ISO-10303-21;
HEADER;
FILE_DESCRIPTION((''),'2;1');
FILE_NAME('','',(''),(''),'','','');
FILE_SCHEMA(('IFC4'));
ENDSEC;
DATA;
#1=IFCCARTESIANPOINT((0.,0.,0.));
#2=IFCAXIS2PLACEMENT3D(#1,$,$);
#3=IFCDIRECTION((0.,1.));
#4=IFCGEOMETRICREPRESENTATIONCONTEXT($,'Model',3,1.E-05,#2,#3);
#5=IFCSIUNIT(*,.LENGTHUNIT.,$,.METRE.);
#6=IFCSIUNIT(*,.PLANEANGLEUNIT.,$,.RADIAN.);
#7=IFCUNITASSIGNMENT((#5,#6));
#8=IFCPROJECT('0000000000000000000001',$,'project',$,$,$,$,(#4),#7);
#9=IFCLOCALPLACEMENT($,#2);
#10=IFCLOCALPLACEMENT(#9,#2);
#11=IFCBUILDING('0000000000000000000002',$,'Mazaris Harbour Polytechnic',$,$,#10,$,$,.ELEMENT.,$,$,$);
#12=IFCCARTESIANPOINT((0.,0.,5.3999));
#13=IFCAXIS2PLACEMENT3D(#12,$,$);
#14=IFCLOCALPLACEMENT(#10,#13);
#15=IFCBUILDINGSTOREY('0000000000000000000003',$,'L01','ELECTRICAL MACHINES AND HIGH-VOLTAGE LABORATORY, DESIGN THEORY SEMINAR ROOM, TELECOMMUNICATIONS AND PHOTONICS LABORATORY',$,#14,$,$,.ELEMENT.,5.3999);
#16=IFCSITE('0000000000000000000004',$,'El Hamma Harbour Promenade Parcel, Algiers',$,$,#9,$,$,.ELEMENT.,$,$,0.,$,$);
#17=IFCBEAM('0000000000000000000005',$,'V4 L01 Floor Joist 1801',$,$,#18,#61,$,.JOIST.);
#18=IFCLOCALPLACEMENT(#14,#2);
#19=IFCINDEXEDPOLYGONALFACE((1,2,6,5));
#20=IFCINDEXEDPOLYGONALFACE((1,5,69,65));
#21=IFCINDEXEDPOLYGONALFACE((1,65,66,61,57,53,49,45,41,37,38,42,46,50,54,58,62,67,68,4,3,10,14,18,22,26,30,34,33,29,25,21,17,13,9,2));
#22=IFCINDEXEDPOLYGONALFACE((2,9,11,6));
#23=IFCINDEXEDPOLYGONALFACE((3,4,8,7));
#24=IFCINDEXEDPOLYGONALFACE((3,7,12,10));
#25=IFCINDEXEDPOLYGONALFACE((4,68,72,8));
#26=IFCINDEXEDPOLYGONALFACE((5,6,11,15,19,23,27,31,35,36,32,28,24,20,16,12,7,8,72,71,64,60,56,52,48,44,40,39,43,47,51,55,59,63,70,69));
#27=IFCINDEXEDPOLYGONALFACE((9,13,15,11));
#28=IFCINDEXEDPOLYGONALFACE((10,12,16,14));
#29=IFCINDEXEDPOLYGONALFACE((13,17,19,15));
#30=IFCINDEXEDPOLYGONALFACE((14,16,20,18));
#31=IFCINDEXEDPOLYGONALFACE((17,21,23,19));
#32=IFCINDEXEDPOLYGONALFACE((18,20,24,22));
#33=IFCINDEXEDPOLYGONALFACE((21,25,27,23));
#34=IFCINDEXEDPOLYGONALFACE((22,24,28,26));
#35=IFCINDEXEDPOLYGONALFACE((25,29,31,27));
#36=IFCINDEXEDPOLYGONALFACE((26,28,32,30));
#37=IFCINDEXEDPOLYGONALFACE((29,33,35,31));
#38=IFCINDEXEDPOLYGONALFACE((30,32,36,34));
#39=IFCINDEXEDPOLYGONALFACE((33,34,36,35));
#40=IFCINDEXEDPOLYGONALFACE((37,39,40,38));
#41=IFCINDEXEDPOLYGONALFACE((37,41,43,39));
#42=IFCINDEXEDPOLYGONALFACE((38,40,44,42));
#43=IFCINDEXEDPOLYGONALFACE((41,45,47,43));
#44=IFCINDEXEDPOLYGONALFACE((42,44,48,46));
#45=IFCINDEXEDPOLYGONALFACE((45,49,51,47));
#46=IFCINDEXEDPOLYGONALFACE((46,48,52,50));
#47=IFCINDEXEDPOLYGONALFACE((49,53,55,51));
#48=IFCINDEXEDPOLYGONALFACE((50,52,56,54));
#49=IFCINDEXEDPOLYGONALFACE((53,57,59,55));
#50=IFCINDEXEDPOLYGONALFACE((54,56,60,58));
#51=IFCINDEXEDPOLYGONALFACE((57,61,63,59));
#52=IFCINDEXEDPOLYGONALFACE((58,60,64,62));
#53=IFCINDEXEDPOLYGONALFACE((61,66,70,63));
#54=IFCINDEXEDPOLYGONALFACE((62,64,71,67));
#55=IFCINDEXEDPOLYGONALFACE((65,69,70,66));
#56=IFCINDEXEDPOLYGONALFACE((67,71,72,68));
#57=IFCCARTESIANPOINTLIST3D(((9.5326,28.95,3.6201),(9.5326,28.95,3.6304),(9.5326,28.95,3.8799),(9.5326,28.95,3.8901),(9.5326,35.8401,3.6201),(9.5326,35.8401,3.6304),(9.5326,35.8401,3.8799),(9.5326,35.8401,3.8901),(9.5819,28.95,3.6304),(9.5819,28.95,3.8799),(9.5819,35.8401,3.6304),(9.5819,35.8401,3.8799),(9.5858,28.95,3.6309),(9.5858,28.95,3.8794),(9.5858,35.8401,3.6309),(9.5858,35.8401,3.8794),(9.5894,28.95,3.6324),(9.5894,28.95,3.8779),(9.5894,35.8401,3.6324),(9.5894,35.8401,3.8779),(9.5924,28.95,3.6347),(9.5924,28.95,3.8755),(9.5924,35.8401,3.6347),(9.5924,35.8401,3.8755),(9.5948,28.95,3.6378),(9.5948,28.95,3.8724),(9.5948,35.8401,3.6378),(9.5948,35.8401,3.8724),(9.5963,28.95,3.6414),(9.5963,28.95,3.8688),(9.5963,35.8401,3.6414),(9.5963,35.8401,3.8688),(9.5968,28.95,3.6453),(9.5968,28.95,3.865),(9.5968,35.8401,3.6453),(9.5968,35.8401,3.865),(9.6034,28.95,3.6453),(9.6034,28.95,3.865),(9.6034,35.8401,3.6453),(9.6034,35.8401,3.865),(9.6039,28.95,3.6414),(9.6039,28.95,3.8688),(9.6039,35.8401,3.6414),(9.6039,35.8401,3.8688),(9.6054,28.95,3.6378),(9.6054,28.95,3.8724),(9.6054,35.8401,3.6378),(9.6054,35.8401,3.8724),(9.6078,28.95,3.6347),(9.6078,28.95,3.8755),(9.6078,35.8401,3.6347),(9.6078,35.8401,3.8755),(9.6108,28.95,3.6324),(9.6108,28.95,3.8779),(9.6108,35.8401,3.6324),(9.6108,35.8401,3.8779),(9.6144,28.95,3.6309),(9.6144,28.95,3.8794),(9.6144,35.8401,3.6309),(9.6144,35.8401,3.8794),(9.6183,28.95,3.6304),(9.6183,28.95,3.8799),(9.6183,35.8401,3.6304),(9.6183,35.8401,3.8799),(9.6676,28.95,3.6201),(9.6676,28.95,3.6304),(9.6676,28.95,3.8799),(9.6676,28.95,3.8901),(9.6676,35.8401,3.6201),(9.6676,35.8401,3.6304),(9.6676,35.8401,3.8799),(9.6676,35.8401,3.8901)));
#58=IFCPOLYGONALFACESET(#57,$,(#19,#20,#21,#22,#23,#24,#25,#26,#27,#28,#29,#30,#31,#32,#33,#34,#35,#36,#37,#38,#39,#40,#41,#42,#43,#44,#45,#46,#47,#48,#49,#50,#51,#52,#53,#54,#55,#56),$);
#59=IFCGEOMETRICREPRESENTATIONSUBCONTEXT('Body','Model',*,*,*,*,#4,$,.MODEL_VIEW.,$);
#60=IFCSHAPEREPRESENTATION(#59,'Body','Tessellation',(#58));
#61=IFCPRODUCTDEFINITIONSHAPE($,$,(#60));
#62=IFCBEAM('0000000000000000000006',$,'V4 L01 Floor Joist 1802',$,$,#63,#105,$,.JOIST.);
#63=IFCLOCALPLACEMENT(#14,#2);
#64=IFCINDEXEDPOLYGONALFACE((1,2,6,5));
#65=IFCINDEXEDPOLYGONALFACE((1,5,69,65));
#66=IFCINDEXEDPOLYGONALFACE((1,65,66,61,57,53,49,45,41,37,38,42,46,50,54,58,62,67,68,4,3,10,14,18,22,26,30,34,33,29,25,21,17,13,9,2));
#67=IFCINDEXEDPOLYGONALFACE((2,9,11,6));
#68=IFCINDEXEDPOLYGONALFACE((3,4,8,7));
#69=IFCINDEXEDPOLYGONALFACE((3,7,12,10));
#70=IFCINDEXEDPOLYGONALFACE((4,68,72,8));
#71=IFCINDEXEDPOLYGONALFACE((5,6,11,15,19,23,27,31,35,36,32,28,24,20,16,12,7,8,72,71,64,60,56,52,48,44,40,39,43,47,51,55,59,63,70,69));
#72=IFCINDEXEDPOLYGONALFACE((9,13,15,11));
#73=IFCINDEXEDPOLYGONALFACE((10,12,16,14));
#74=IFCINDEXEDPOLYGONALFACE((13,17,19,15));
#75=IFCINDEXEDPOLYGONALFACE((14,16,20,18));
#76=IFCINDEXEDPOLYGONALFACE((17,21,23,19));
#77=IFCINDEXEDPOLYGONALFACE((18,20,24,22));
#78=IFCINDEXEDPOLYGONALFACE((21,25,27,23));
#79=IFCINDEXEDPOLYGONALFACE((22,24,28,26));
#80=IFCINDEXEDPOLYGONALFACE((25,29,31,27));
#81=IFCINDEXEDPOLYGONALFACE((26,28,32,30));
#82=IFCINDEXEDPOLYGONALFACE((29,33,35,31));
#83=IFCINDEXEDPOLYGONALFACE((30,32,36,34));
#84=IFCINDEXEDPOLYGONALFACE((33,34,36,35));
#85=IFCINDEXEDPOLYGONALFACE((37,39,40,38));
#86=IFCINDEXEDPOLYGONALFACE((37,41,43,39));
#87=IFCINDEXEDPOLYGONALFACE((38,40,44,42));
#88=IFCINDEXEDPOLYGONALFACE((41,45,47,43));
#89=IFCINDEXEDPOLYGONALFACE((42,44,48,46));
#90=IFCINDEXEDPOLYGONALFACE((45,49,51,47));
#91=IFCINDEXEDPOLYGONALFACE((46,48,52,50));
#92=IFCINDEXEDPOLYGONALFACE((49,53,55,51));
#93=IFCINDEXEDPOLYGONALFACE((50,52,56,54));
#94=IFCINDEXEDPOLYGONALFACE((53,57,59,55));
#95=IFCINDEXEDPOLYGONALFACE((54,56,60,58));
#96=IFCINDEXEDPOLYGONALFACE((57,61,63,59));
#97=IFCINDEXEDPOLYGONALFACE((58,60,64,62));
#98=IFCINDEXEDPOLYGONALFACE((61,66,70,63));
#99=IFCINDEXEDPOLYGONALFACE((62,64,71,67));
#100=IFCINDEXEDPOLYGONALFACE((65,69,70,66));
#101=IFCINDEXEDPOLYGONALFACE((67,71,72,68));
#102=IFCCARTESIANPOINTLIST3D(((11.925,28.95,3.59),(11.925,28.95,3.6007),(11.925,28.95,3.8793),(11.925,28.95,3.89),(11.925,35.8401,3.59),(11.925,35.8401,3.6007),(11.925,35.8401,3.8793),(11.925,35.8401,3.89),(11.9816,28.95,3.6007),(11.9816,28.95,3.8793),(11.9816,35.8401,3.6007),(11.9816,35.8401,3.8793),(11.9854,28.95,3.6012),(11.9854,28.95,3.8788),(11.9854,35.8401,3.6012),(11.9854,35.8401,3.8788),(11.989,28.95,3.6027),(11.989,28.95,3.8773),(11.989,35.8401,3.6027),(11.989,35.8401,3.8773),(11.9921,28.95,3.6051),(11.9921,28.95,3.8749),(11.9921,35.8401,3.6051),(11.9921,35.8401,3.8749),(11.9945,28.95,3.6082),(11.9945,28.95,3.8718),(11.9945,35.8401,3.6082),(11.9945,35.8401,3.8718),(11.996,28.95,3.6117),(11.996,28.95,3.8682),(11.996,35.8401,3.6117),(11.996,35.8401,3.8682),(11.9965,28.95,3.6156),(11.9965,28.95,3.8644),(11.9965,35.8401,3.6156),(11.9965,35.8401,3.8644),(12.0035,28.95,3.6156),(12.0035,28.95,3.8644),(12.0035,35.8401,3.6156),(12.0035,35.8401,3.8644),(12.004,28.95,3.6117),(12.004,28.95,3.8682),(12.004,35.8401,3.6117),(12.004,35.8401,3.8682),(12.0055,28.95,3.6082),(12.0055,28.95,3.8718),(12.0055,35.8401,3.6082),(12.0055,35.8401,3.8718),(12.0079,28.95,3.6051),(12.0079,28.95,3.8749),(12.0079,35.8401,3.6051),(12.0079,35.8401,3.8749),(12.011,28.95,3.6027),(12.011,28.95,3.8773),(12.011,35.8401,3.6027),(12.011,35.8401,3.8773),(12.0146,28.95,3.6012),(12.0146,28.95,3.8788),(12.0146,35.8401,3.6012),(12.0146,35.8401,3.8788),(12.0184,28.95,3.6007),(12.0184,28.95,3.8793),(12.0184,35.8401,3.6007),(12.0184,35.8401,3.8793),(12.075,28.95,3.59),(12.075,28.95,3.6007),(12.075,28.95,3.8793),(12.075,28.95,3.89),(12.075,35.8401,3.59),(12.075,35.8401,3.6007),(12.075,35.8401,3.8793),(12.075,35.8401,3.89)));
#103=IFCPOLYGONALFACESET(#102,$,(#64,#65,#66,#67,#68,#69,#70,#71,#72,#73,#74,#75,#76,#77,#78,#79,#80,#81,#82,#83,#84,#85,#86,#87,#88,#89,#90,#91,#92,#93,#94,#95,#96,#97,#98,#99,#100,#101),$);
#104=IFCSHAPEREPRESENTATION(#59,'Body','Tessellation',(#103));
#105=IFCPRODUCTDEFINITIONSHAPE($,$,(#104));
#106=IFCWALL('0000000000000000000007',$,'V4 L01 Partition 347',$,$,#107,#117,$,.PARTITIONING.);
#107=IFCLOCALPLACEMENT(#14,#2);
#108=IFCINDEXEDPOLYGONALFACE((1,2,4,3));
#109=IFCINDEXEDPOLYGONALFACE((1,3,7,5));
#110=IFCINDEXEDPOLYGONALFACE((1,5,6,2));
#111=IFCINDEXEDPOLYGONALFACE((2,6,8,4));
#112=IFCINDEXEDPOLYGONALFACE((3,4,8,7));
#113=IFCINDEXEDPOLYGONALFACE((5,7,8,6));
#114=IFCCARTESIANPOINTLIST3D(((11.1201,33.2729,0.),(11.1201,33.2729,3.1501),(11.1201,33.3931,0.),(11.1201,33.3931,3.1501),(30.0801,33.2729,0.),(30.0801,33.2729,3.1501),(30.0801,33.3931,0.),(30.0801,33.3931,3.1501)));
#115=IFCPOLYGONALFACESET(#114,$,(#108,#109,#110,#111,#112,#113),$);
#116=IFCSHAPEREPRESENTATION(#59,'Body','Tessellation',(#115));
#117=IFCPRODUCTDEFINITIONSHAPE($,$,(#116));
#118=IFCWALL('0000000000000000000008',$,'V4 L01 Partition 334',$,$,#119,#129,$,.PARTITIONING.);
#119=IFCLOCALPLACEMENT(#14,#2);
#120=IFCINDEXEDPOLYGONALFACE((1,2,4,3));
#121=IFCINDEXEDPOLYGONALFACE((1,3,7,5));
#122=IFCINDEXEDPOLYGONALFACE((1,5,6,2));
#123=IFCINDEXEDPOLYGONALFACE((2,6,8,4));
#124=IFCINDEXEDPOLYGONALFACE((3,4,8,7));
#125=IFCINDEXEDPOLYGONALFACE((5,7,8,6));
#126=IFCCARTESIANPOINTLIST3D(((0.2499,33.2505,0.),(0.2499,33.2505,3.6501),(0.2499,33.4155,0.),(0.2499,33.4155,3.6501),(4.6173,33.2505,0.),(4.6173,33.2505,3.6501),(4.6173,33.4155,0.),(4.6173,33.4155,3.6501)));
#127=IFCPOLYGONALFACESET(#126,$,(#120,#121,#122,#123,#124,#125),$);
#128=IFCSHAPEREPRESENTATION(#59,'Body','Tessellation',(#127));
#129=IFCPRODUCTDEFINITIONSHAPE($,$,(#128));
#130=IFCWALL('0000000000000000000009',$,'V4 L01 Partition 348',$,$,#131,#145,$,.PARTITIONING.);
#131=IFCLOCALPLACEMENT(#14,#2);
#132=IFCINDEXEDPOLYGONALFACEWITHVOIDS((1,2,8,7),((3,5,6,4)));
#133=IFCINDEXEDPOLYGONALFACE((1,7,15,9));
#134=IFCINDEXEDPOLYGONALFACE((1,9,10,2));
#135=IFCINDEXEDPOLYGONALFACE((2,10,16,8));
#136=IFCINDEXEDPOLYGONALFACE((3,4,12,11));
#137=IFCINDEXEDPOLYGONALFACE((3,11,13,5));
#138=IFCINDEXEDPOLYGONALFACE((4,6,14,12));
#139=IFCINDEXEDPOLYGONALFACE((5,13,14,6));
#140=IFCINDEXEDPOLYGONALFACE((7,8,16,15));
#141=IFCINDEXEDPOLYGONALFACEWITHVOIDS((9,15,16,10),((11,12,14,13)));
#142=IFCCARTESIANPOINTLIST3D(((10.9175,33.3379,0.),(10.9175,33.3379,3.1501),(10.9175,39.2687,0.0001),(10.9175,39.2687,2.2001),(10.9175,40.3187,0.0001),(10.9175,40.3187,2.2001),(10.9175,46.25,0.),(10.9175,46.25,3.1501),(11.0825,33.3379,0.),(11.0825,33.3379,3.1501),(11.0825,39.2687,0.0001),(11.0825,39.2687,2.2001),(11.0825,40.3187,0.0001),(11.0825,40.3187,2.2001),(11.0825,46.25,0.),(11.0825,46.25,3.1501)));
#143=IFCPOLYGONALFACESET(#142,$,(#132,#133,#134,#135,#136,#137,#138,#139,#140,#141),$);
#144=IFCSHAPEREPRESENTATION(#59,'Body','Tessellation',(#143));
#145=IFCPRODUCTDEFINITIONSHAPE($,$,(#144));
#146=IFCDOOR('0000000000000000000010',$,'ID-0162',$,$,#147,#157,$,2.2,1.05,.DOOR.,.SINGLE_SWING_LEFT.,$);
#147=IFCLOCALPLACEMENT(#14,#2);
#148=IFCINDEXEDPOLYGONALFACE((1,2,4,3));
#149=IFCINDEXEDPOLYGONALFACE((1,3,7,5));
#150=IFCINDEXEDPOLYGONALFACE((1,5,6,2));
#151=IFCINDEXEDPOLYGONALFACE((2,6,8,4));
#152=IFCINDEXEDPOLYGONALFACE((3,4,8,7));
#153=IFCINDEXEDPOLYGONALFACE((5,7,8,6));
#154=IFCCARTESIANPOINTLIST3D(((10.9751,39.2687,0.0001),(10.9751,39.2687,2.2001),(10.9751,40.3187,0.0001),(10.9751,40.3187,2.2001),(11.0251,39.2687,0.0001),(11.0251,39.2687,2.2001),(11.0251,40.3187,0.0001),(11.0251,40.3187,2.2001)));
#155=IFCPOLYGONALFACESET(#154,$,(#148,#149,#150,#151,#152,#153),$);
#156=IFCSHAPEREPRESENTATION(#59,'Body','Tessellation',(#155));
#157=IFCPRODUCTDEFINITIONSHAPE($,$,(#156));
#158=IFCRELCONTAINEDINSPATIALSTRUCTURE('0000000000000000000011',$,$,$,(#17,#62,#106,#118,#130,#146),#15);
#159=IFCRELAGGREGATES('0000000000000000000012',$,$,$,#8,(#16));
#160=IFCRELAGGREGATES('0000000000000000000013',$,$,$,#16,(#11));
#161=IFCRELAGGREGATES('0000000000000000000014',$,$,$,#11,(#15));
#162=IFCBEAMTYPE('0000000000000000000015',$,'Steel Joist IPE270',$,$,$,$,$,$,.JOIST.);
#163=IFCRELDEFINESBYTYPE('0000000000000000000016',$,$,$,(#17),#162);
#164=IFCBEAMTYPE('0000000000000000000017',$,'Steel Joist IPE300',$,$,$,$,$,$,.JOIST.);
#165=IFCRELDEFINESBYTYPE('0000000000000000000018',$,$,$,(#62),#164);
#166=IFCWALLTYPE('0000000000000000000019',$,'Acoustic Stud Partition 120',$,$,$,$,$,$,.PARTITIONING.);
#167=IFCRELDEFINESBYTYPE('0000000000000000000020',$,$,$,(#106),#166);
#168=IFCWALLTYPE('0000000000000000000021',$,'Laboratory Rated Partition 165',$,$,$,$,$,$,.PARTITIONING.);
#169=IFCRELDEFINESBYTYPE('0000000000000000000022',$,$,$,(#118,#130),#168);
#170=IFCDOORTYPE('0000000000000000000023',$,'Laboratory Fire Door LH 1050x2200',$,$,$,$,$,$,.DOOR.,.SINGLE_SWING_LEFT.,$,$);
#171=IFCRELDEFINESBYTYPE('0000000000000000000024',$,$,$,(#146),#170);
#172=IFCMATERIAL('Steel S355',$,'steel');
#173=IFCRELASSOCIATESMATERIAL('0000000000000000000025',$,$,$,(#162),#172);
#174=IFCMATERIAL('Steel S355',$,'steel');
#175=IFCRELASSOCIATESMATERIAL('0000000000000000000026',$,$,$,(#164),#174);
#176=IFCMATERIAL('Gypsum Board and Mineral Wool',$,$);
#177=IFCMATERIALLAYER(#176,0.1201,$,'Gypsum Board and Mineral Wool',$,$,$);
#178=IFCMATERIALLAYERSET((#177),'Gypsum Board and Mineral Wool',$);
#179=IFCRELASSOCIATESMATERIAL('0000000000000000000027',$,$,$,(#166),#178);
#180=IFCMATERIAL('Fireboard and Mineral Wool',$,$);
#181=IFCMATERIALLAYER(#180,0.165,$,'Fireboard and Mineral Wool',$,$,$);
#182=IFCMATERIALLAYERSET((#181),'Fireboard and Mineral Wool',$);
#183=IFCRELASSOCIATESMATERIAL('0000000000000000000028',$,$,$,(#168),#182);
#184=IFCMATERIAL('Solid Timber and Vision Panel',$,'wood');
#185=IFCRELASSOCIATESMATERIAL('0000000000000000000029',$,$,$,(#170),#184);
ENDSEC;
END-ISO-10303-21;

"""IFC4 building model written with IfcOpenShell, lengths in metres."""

from ifc_helpers import new_model, si_unit, direction, frame, frame_2d, origin, origin_2d, place, context, subcontext, project, spatial, rectangle, i_section, extrude, material, layer, layer_set, material_profile, profile_set, type_object, element, fill, save


model = new_model("IFC4")

# Units and contexts
model_context = context("Model", 3, precision=1e-05, world=origin(), true_north=direction((0.0, 1.0)))
body_context = subcontext(model_context, "Body", "Model", "MODEL_VIEW")
ifc_project = project(units=[si_unit("LENGTHUNIT", "METRE"), si_unit("PLANEANGLEUNIT", "RADIAN")], contexts=[model_context])

# Site, building, storey
site_placement = place(None, origin())
site = spatial("IfcSite", under=ifc_project, at=site_placement, Name="El Hamma Harbour Promenade Parcel, Algiers", CompositionType="ELEMENT", RefElevation=0.0)
building_placement = place(site_placement, origin())
building = spatial("IfcBuilding", under=site, at=building_placement, Name="Mazaris Harbour Polytechnic", CompositionType="ELEMENT")
storey_placement = place(building_placement, frame((0.0, 0.0, 5.3999)))
storey = spatial("IfcBuildingStorey", under=building, at=storey_placement, Name="L01", Description="ELECTRICAL MACHINES AND HIGH-VOLTAGE LABORATORY, DESIGN THEORY SEMINAR ROOM, TELECOMMUNICATIONS AND PHOTONICS LABORATORY", CompositionType="ELEMENT", Elevation=5.3999)

# Beams
ifc_material_1 = material(Name="Steel S355", Category="steel")
ifc_material_profile_1 = material_profile(ifc_material_1, i_section(OverallWidth=0.135, OverallDepth=0.27, WebThickness=0.0066, FlangeThickness=0.0103, FilletRadius=0.0149, at=origin_2d()), Name="IPE 270")
ifc_profile_set_1 = profile_set([ifc_material_profile_1], Name="Steel S355")
beam_type_1 = type_object("IfcBeamType", Name="Steel Joist IPE270", PredefinedType="JOIST", material=ifc_profile_set_1)
beam_1_placement = place(storey_placement, frame((9.6001, 28.95, 3.7551), z_axis=(0.0, 1.0, 0.0), x_axis=(-1.0, 0.0, 0.0)))
element("IfcBeam", 1, at=beam_1_placement, inside=storey, type_object=beam_type_1, Name="V4 L01 Floor Joist 1801", PredefinedType="JOIST", context=body_context, shape_type="SweptSolid", body=[
    extrude(i_section(OverallWidth=0.135, OverallDepth=0.27, WebThickness=0.0066, FlangeThickness=0.0103, FilletRadius=0.0149, at=origin_2d()), origin(), (0.0, 0.0, 1.0), 6.8901),
])
ifc_material_2 = material(Name="Steel S355", Category="steel")
ifc_material_profile_2 = material_profile(ifc_material_2, i_section(OverallWidth=0.1499, OverallDepth=0.3, WebThickness=0.0071, FlangeThickness=0.0107, FilletRadius=0.0149, at=origin_2d()), Name="IPE 300")
ifc_profile_set_2 = profile_set([ifc_material_profile_2], Name="Steel S355")
beam_type_2 = type_object("IfcBeamType", Name="Steel Joist IPE300", PredefinedType="JOIST", material=ifc_profile_set_2)
beam_2_placement = place(storey_placement, frame((12.0, 28.95, 3.74), z_axis=(0.0, 1.0, 0.0), x_axis=(-1.0, 0.0, 0.0)))
element("IfcBeam", 2, at=beam_2_placement, inside=storey, type_object=beam_type_2, Name="V4 L01 Floor Joist 1802", PredefinedType="JOIST", context=body_context, shape_type="SweptSolid", body=[
    extrude(i_section(OverallWidth=0.1499, OverallDepth=0.3, WebThickness=0.0071, FlangeThickness=0.0107, FilletRadius=0.0149, at=origin_2d()), origin(), (0.0, 0.0, 1.0), 6.8901),
])

# Walls
ifc_material_3 = material(Name="Gypsum Board and Mineral Wool")
ifc_layer_1 = layer(ifc_material_3, 0.1201, Name="Gypsum Board and Mineral Wool")
ifc_layer_set_1 = layer_set([ifc_layer_1], Name="Gypsum Board and Mineral Wool")
wall_type_1 = type_object("IfcWallType", Name="Acoustic Stud Partition 120", PredefinedType="PARTITIONING", material=ifc_layer_set_1)
wall_1_placement = place(storey_placement, frame((11.1201, 33.333, 0.0), z_axis=(0.0, 0.0, 1.0), x_axis=(1.0, 0.0, 0.0)))
element("IfcWall", 3, at=wall_1_placement, inside=storey, type_object=wall_type_1, Name="V4 L01 Partition 347", PredefinedType="PARTITIONING", context=body_context, shape_type="SweptSolid", body=[
    extrude(rectangle(XDim=18.96, YDim=0.1201, at=frame_2d((9.48, 0.0))), origin(), (0.0, 0.0, 1.0), 3.1501),
])
ifc_material_4 = material(Name="Fireboard and Mineral Wool")
ifc_layer_2 = layer(ifc_material_4, 0.165, Name="Fireboard and Mineral Wool")
ifc_layer_set_2 = layer_set([ifc_layer_2], Name="Fireboard and Mineral Wool")
wall_type_2 = type_object("IfcWallType", Name="Laboratory Rated Partition 165", PredefinedType="PARTITIONING", material=ifc_layer_set_2)
wall_2_placement = place(storey_placement, frame((0.25, 33.333, 0.0), z_axis=(0.0, 0.0, 1.0), x_axis=(1.0, 0.0, 0.0)))
element("IfcWall", 4, at=wall_2_placement, inside=storey, type_object=wall_type_2, Name="V4 L01 Partition 334", PredefinedType="PARTITIONING", context=body_context, shape_type="SweptSolid", body=[
    extrude(rectangle(XDim=4.3674, YDim=0.165, at=frame_2d((2.1836, 0.0))), origin(), (0.0, 0.0, 1.0), 3.6501),
])

# Wall, opening, door
wall_3_placement = place(storey_placement, frame((11.0, 33.3379, 0.0), z_axis=(0.0, 0.0, 1.0), x_axis=(0.0, 1.0, 0.0)))
wall_3 = element("IfcWall", 5, at=wall_3_placement, inside=storey, type_object=wall_type_2, Name="V4 L01 Partition 348", PredefinedType="PARTITIONING", context=body_context, shape_type="SweptSolid", body=[
    extrude(rectangle(XDim=12.9121, YDim=0.165, at=frame_2d((6.4561, 0.0))), origin(), (0.0, 0.0, 1.0), 3.1501),
])
opening_1_placement = place(wall_3_placement, frame((5.9309, 0.0, 0.0)))
opening_1 = element("IfcOpeningElement", 6, at=opening_1_placement, cuts=wall_3, PredefinedType="OPENING", context=body_context, shape_type="SweptSolid", body=[
    extrude(rectangle(XDim=1.05, YDim=2.2, at=frame_2d((0.5249, 1.1001))), frame((0.0, 0.0925, 0.0), z_axis=(0.0, -1.0, 0.0), x_axis=(1.0, 0.0, 0.0)), (0.0, 0.0, 1.0), 0.1851),
])
ifc_material_5 = material(Name="Solid Timber and Vision Panel", Category="wood")
door_type_1 = type_object("IfcDoorType", Name="Laboratory Fire Door LH 1050x2200", OperationType="SINGLE_SWING_LEFT", PredefinedType="DOOR", material=ifc_material_5)
door_1_placement = place(opening_1_placement, origin())
door_1 = element("IfcDoor", 7, at=door_1_placement, inside=storey, type_object=door_type_1, Name="ID-0162", OperationType="SINGLE_SWING_LEFT", OverallHeight=2.2, OverallWidth=1.05, PredefinedType="DOOR", context=body_context, shape_type="SweptSolid", body=[
    extrude(rectangle(XDim=1.05, YDim=2.2, at=frame_2d((0.5249, 1.1001))), frame((0.0, 0.0249, 0.0), z_axis=(0.0, -1.0, 0.0), x_axis=(1.0, 0.0, 0.0)), (0.0, 0.0, 1.0), 0.05),
])
fill(opening_1, door_1)

save(model, "model.ifc")
